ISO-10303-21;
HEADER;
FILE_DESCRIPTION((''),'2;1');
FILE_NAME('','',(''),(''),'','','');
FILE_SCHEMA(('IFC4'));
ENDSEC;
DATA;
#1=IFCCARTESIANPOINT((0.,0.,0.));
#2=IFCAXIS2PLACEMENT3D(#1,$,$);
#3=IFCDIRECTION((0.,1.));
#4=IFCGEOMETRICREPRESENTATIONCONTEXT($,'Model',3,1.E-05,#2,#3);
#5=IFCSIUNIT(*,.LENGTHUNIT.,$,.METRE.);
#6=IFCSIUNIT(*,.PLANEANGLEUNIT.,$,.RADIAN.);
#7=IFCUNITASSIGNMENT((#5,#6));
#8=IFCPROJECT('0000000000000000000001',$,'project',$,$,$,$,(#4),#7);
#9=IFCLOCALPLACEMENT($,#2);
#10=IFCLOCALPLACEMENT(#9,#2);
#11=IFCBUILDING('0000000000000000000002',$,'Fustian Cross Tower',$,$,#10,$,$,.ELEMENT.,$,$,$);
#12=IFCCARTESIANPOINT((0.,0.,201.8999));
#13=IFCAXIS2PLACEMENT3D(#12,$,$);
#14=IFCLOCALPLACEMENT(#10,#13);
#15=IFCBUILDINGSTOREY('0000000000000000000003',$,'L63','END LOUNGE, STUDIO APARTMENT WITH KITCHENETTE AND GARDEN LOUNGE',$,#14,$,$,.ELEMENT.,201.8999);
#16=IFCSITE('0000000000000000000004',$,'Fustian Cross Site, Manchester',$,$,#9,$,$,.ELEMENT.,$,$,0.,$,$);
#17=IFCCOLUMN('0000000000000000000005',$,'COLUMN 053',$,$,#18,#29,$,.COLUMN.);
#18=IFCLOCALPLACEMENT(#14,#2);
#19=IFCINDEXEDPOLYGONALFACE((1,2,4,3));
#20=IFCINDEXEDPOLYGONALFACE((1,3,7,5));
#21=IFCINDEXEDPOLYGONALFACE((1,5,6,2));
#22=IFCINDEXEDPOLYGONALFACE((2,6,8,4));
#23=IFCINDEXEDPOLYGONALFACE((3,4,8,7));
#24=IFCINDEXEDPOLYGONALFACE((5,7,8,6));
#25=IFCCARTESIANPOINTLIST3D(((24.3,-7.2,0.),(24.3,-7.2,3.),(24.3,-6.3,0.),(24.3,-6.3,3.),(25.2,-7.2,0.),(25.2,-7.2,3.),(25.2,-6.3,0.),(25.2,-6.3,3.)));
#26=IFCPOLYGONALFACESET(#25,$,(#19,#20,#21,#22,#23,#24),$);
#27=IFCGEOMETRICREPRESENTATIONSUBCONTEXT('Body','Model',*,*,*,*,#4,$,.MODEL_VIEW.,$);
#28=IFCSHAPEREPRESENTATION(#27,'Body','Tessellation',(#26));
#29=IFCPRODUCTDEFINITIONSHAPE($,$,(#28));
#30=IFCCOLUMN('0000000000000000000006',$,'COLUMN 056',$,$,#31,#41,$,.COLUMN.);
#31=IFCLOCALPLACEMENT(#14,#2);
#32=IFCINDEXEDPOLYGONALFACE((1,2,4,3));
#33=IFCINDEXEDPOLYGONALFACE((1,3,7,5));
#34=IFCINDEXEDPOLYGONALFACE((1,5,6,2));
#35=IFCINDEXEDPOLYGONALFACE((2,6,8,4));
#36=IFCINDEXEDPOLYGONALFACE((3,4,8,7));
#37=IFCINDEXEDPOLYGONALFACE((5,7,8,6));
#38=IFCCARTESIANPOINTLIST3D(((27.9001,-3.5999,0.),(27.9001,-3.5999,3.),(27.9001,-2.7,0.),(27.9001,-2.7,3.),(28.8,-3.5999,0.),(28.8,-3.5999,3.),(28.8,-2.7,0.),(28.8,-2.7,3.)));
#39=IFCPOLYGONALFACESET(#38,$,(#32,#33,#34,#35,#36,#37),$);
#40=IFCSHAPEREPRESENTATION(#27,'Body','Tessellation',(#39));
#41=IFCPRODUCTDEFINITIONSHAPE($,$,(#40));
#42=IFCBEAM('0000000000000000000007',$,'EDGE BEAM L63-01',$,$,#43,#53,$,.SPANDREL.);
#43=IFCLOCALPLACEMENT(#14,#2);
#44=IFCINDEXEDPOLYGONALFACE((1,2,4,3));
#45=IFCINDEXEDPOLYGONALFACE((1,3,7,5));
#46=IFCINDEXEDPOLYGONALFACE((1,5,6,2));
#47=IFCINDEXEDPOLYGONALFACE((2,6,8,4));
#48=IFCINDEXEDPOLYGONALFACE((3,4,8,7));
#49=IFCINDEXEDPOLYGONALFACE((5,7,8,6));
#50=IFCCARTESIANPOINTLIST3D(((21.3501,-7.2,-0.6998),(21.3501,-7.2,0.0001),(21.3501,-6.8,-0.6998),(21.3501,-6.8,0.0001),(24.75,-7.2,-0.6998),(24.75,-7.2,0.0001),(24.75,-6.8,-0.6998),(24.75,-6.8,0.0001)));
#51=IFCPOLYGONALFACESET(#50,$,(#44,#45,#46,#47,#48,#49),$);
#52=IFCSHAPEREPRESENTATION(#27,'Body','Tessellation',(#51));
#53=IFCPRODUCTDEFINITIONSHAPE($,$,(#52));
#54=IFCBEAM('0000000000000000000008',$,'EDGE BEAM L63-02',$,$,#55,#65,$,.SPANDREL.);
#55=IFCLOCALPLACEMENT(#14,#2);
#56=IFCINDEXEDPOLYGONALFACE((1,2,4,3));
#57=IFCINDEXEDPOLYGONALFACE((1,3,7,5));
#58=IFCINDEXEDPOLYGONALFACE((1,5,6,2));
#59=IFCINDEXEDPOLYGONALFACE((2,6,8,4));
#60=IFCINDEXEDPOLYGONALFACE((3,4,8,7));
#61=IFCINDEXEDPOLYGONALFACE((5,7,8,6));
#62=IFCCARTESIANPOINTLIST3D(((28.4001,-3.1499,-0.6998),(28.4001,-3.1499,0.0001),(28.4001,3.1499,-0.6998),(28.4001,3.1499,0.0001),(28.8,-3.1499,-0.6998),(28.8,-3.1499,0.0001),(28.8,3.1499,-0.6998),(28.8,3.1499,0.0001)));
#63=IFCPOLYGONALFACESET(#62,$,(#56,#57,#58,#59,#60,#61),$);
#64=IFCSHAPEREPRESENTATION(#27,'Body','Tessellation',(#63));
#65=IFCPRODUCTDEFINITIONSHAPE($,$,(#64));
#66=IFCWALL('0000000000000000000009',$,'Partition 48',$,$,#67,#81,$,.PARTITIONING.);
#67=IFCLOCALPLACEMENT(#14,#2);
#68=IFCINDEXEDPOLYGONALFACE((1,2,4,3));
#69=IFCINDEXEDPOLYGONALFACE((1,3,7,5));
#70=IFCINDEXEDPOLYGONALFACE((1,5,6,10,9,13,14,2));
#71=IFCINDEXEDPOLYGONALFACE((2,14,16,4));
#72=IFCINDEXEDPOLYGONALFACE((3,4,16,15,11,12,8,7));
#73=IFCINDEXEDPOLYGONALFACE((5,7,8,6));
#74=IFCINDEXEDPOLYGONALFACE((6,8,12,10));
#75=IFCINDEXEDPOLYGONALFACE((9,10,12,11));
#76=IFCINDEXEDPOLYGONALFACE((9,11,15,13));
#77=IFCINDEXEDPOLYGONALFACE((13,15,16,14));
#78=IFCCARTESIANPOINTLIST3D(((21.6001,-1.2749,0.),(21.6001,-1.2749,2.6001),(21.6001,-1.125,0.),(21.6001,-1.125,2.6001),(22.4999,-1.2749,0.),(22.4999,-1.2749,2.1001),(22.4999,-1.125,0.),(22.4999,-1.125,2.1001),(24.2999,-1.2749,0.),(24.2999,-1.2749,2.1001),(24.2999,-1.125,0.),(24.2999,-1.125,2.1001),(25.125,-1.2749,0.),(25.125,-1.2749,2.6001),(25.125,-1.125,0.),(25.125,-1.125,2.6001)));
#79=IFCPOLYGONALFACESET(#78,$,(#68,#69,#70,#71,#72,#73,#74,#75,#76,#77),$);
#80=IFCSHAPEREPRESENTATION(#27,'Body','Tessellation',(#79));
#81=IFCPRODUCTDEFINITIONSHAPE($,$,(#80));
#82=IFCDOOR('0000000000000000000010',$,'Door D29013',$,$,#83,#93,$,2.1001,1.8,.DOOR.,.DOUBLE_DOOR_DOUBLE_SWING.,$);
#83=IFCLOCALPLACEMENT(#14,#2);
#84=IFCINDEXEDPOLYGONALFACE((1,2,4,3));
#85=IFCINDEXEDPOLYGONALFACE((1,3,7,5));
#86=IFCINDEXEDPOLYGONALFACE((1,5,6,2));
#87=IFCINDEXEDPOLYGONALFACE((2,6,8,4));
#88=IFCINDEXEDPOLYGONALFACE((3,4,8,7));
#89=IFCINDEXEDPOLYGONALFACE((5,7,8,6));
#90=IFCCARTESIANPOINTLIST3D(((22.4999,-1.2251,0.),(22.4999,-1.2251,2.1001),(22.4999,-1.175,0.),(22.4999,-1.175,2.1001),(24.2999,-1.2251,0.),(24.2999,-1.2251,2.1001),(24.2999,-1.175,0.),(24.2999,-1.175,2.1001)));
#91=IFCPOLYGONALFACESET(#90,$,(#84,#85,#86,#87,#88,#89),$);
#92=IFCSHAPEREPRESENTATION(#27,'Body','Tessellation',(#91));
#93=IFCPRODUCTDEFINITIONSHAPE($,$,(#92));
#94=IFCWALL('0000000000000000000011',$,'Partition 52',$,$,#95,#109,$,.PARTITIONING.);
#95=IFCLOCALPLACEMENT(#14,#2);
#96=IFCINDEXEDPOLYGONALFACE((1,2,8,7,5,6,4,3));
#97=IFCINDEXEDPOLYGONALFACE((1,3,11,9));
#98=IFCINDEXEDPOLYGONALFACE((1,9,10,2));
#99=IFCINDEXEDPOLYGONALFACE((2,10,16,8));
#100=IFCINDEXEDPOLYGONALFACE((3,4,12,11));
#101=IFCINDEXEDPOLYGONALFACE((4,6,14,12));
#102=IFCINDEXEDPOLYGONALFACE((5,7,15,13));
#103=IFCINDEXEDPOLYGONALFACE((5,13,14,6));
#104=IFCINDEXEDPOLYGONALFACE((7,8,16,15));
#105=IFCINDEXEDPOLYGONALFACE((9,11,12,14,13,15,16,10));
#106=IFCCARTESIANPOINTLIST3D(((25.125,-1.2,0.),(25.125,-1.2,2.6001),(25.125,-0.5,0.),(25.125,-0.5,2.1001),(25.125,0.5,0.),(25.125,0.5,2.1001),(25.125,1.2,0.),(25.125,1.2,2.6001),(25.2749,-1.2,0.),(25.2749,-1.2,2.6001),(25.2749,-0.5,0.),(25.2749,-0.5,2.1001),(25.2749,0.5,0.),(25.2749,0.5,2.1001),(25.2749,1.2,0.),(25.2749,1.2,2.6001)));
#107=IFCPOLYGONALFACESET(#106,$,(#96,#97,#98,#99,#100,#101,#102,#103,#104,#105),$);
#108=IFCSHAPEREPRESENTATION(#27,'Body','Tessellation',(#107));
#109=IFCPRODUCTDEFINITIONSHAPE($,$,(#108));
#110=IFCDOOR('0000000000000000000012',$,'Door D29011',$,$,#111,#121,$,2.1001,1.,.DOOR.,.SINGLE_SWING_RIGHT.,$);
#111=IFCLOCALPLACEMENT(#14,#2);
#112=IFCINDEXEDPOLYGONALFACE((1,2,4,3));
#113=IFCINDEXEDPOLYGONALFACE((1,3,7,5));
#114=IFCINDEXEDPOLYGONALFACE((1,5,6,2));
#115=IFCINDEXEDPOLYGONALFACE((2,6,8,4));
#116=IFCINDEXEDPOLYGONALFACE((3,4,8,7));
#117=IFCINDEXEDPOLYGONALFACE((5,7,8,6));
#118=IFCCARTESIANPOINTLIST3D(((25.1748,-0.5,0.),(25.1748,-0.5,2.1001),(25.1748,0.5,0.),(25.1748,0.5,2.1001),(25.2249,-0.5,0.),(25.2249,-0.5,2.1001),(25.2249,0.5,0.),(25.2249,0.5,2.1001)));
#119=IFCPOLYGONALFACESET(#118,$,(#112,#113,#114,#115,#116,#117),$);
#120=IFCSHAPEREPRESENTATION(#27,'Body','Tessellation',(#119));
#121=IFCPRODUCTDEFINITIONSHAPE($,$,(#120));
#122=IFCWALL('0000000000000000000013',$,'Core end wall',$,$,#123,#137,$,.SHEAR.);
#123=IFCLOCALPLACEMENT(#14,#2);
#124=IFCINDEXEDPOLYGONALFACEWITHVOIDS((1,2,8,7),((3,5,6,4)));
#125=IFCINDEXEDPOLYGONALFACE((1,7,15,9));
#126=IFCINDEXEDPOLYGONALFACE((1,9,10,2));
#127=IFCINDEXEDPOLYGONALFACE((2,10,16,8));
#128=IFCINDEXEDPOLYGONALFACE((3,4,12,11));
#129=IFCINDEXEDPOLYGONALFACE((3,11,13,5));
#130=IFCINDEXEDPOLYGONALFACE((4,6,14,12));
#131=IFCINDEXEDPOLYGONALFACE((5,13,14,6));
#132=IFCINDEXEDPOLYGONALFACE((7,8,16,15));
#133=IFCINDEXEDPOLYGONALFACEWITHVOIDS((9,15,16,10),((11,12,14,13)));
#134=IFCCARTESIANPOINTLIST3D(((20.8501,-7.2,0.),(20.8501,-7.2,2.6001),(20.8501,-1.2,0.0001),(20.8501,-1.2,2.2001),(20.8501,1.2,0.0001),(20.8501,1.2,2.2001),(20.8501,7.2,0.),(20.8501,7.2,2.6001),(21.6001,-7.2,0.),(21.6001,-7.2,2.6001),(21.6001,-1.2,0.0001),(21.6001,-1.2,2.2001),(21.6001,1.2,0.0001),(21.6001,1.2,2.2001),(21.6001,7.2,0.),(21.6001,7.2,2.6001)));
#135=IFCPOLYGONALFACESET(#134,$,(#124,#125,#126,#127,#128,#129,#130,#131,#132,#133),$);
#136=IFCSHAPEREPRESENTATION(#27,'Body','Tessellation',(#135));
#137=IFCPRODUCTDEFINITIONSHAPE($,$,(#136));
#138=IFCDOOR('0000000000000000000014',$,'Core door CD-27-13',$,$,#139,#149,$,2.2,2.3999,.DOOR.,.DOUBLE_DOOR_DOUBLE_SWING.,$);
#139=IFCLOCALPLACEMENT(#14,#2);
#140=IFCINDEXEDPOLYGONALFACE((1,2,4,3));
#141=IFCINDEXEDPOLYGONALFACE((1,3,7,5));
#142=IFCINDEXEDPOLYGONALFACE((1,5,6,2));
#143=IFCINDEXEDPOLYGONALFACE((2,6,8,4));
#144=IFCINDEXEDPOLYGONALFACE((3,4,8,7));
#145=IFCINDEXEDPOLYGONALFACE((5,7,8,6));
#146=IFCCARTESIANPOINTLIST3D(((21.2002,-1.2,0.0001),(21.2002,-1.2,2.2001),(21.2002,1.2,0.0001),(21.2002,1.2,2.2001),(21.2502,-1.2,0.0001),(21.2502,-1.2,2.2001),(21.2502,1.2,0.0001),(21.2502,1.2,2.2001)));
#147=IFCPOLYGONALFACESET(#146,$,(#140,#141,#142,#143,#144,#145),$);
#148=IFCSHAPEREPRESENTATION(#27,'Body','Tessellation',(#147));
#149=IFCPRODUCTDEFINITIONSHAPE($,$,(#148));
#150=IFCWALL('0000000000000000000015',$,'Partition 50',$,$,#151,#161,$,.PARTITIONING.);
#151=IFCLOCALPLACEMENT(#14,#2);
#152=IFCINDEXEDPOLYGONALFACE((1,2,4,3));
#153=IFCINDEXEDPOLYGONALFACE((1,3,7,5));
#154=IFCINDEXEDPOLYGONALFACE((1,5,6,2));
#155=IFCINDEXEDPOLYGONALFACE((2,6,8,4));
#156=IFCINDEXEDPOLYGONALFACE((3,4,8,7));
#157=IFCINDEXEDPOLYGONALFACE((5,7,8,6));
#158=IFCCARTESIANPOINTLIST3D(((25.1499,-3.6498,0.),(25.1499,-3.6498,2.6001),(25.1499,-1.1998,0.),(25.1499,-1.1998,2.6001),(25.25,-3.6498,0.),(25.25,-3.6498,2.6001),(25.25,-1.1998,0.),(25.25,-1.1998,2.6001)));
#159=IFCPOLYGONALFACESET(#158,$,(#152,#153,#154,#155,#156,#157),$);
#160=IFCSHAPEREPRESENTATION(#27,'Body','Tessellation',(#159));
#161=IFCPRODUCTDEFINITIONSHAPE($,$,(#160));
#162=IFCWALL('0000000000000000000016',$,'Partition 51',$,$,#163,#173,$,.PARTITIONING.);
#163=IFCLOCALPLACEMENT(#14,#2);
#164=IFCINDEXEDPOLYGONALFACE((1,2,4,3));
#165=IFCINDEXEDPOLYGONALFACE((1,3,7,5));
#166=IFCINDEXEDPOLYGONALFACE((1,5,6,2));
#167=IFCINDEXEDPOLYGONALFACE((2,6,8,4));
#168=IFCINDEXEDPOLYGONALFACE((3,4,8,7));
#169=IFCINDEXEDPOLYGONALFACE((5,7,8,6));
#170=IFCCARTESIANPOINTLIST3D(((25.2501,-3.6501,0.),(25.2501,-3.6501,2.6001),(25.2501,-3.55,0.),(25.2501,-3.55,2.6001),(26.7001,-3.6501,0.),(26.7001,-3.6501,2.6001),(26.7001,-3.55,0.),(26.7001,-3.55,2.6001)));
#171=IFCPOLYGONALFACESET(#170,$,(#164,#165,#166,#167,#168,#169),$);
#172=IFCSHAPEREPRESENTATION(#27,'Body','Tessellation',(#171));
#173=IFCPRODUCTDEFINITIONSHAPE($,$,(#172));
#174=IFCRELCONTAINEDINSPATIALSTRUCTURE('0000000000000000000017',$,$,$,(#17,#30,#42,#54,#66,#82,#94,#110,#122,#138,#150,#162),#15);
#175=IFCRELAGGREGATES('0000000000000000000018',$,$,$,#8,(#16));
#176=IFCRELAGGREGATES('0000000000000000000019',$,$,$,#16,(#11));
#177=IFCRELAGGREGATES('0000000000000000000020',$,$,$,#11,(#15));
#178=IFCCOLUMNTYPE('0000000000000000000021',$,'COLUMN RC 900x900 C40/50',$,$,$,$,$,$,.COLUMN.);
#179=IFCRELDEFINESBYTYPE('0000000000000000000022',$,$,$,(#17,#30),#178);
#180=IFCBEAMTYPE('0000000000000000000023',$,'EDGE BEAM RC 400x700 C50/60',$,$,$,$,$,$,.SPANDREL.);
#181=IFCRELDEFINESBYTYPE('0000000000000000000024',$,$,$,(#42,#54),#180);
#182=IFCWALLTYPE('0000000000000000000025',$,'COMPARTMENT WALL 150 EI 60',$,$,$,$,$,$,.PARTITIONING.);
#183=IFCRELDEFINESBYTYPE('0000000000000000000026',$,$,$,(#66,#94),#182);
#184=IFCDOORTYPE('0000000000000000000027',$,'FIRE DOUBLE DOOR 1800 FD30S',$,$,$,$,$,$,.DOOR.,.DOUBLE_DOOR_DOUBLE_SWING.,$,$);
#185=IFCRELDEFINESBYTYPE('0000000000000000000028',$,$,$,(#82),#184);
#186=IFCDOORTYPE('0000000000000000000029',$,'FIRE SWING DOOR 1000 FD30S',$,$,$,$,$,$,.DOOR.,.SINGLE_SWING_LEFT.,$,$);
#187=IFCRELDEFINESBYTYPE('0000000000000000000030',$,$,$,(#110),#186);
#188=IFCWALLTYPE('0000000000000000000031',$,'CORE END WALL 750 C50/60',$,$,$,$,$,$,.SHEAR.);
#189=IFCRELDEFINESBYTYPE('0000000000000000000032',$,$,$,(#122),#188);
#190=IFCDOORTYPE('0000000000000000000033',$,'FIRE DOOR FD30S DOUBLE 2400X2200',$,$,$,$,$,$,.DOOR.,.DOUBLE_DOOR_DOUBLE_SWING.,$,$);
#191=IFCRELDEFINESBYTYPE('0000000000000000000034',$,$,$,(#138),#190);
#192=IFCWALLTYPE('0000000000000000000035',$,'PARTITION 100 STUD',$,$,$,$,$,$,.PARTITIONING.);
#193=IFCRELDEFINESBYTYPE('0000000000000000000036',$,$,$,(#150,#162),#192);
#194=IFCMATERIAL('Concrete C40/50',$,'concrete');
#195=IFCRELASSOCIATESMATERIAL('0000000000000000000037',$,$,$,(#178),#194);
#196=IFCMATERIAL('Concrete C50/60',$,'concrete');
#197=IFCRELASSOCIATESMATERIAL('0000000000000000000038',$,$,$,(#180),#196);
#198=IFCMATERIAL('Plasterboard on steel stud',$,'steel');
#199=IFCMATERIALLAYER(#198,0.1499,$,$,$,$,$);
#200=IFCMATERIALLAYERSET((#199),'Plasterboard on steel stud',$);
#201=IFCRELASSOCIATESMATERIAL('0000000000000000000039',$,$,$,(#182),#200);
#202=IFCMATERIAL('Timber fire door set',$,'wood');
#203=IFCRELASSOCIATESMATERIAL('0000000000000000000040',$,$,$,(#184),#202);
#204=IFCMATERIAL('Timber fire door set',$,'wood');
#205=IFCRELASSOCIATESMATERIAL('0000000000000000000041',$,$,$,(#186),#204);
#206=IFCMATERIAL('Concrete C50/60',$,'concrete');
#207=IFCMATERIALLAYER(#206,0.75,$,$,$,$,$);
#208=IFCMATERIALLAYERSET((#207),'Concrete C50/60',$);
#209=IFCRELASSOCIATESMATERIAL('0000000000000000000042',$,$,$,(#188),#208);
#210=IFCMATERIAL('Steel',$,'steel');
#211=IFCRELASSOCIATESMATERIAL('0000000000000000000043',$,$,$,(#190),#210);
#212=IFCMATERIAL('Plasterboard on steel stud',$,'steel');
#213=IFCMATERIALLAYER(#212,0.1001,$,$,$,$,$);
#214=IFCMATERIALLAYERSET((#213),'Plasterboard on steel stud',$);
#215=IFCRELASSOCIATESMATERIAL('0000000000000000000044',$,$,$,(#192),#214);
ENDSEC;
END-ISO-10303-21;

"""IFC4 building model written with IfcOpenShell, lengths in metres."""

from ifc_helpers import new_model, si_unit, direction, frame, frame_2d, origin, origin_2d, place, context, subcontext, project, spatial, rectangle, extrude, material, layer, layer_set, material_profile, profile_set, type_object, element, fill, save


model = new_model("IFC4")

# Units and contexts
model_context = context("Model", 3, precision=1e-05, world=origin(), true_north=direction((0.0, 1.0)))
body_context = subcontext(model_context, "Body", "Model", "MODEL_VIEW")
ifc_project = project(units=[si_unit("LENGTHUNIT", "METRE"), si_unit("PLANEANGLEUNIT", "RADIAN")], contexts=[model_context])

# Site, building, storey
site_placement = place(None, origin())
site = spatial("IfcSite", under=ifc_project, at=site_placement, Name="Fustian Cross Site, Manchester", CompositionType="ELEMENT", RefElevation=0.0)
building_placement = place(site_placement, origin())
building = spatial("IfcBuilding", under=site, at=building_placement, Name="Fustian Cross Tower", CompositionType="ELEMENT")
storey_placement = place(building_placement, frame((0.0, 0.0, 201.8999)))
storey = spatial("IfcBuildingStorey", under=building, at=storey_placement, Name="L63", Description="END LOUNGE, STUDIO APARTMENT WITH KITCHENETTE AND GARDEN LOUNGE", CompositionType="ELEMENT", Elevation=201.8999)

# Columns
ifc_material_1 = material(Name="Concrete C40/50", Category="concrete")
ifc_material_profile_1 = material_profile(ifc_material_1, rectangle(XDim=0.8999, YDim=0.8999, at=origin_2d()), Name="RC 900x900")
ifc_profile_set_1 = profile_set([ifc_material_profile_1], Name="Concrete C40/50")
column_type = type_object("IfcColumnType", Name="COLUMN RC 900x900 C40/50", PredefinedType="COLUMN", material=ifc_profile_set_1)
for number, where, z_axis, x_axis, name in (
    (1, (24.75, -6.75, 0.0), (0.0, 0.0, 1.0), (1.0, 0.0, 0.0), "COLUMN 053"),
    (2, (28.3501, -3.1499, 0.0), (0.0, 0.0, 1.0), (1.0, 0.0, 0.0), "COLUMN 056"),
):
    element("IfcColumn", number, at=place(storey_placement, frame(where, z_axis=z_axis, x_axis=x_axis)), inside=storey, type_object=column_type, Name=name, PredefinedType="COLUMN", context=body_context, shape_type="SweptSolid", body=[
        extrude(rectangle(XDim=0.8999, YDim=0.8999, at=origin_2d()), origin(), (0.0, 0.0, 1.0), 3.0),
    ])

# Beams
ifc_material_2 = material(Name="Concrete C50/60", Category="concrete")
ifc_material_profile_2 = material_profile(ifc_material_2, rectangle(XDim=0.3999, YDim=0.7, at=origin_2d()), Name="RC 400x700")
ifc_profile_set_2 = profile_set([ifc_material_profile_2], Name="Concrete C50/60")
beam_type = type_object("IfcBeamType", Name="EDGE BEAM RC 400x700 C50/60", PredefinedType="SPANDREL", material=ifc_profile_set_2)
beam_1_placement = place(storey_placement, frame((21.3501, -7.0, -0.3499), z_axis=(1.0, 0.0, 0.0), x_axis=(0.0, 1.0, 0.0)))
element("IfcBeam", 3, at=beam_1_placement, inside=storey, type_object=beam_type, Name="EDGE BEAM L63-01", PredefinedType="SPANDREL", context=body_context, shape_type="SweptSolid", body=[
    extrude(rectangle(XDim=0.3999, YDim=0.7, at=origin_2d()), origin(), (0.0, 0.0, 1.0), 3.3999),
])
beam_2_placement = place(storey_placement, frame((28.6001, -3.1499, -0.3499), z_axis=(0.0, 1.0, 0.0), x_axis=(-1.0, 0.0, 0.0)))
element("IfcBeam", 4, at=beam_2_placement, inside=storey, type_object=beam_type, Name="EDGE BEAM L63-02", PredefinedType="SPANDREL", context=body_context, shape_type="SweptSolid", body=[
    extrude(rectangle(XDim=0.3999, YDim=0.7, at=origin_2d()), origin(), (0.0, 0.0, 1.0), 6.2998),
])

# Walls, openings, doors
ifc_material_3 = material(Name="Plasterboard on steel stud", Category="steel")
ifc_layer_1 = layer(ifc_material_3, 0.1499)
ifc_layer_set_1 = layer_set([ifc_layer_1], Name="Plasterboard on steel stud")
wall_type_1 = type_object("IfcWallType", Name="COMPARTMENT WALL 150 EI 60", PredefinedType="PARTITIONING", material=ifc_layer_set_1)
wall_1_placement = place(storey_placement, frame((21.6001, -1.2, 0.0), z_axis=(0.0, 0.0, 1.0), x_axis=(1.0, 0.0, 0.0)))
wall_1 = element("IfcWall", 5, at=wall_1_placement, inside=storey, type_object=wall_type_1, Name="Partition 48", PredefinedType="PARTITIONING", context=body_context, shape_type="SweptSolid", body=[
    extrude(rectangle(XDim=3.5249, YDim=0.1499, at=frame_2d((1.7625, 0.0))), origin(), (0.0, 0.0, 1.0), 2.6001),
])
opening_1_placement = place(wall_1_placement, frame((0.8999, 0.0, 0.0)))
opening_1 = element("IfcOpeningElement", 6, at=opening_1_placement, cuts=wall_1, PredefinedType="OPENING", context=body_context, shape_type="SweptSolid", body=[
    extrude(rectangle(XDim=1.8, YDim=2.1001, at=frame_2d((0.8999, 1.05))), frame((0.0, 0.085, 0.0), z_axis=(0.0, -1.0, 0.0), x_axis=(1.0, 0.0, 0.0)), (0.0, 0.0, 1.0), 0.1699),
])
ifc_material_4 = material(Name="Timber fire door set", Category="wood")
door_type_1 = type_object("IfcDoorType", Name="FIRE DOUBLE DOOR 1800 FD30S", OperationType="DOUBLE_DOOR_DOUBLE_SWING", PredefinedType="DOOR", material=ifc_material_4)
door_1_placement = place(opening_1_placement, origin())
door_1 = element("IfcDoor", 7, at=door_1_placement, inside=storey, type_object=door_type_1, Name="Door D29013", OperationType="DOUBLE_DOOR_DOUBLE_SWING", OverallHeight=2.1001, OverallWidth=1.8, PredefinedType="DOOR", context=body_context, shape_type="SweptSolid", body=[
    extrude(rectangle(XDim=1.8, YDim=2.1001, at=frame_2d((0.8999, 1.05))), frame((0.0, 0.0249, 0.0), z_axis=(0.0, -1.0, 0.0), x_axis=(1.0, 0.0, 0.0)), (0.0, 0.0, 1.0), 0.05),
])
fill(opening_1, door_1)
wall_2_placement = place(storey_placement, frame((25.2, -1.2, 0.0), z_axis=(0.0, 0.0, 1.0), x_axis=(0.0, 1.0, 0.0)))
wall_2 = element("IfcWall", 8, at=wall_2_placement, inside=storey, type_object=wall_type_1, Name="Partition 52", PredefinedType="PARTITIONING", context=body_context, shape_type="SweptSolid", body=[
    extrude(rectangle(XDim=2.3999, YDim=0.1499, at=frame_2d((1.2, 0.0))), origin(), (0.0, 0.0, 1.0), 2.6001),
])
opening_2_placement = place(wall_2_placement, frame((0.7, 0.0, 0.0)))
opening_2 = element("IfcOpeningElement", 9, at=opening_2_placement, cuts=wall_2, PredefinedType="OPENING", context=body_context, shape_type="SweptSolid", body=[
    extrude(rectangle(XDim=1.0, YDim=2.1001, at=frame_2d((0.5, 1.05))), frame((0.0, 0.085, 0.0), z_axis=(0.0, -1.0, 0.0), x_axis=(1.0, 0.0, 0.0)), (0.0, 0.0, 1.0), 0.1699),
])
ifc_material_5 = material(Name="Timber fire door set", Category="wood")
door_type_2 = type_object("IfcDoorType", Name="FIRE SWING DOOR 1000 FD30S", OperationType="SINGLE_SWING_LEFT", PredefinedType="DOOR", material=ifc_material_5)
door_2_placement = place(opening_2_placement, frame((1.0, 0.0, 0.0), z_axis=(0.0, 0.0, 1.0), x_axis=(-1.0, 0.0, 0.0)))
door_2 = element("IfcDoor", 10, at=door_2_placement, inside=storey, type_object=door_type_2, Name="Door D29011", OperationType="SINGLE_SWING_RIGHT", OverallHeight=2.1001, OverallWidth=1.0, PredefinedType="DOOR", context=body_context, shape_type="SweptSolid", body=[
    extrude(rectangle(XDim=1.0, YDim=2.1001, at=frame_2d((0.5, 1.05))), frame((0.0, 0.0249, 0.0), z_axis=(0.0, -1.0, 0.0), x_axis=(1.0, 0.0, 0.0)), (0.0, 0.0, 1.0), 0.05),
])
fill(opening_2, door_2)
ifc_material_6 = material(Name="Concrete C50/60", Category="concrete")
ifc_layer_2 = layer(ifc_material_6, 0.75)
ifc_layer_set_2 = layer_set([ifc_layer_2], Name="Concrete C50/60")
wall_type_2 = type_object("IfcWallType", Name="CORE END WALL 750 C50/60", PredefinedType="SHEAR", material=ifc_layer_set_2)
wall_3_placement = place(storey_placement, frame((21.2251, -7.2, 0.0), z_axis=(0.0, 0.0, 1.0), x_axis=(0.0, 1.0, 0.0)))
wall_3 = element("IfcWall", 11, at=wall_3_placement, inside=storey, type_object=wall_type_2, Name="Core end wall", PredefinedType="SHEAR", context=body_context, shape_type="SweptSolid", body=[
    extrude(rectangle(XDim=14.3999, YDim=0.75, at=frame_2d((7.2, 0.0))), origin(), (0.0, 0.0, 1.0), 2.6001),
])
opening_3_placement = place(wall_3_placement, frame((6.0, 0.0, 0.0)))
opening_3 = element("IfcOpeningElement", 12, at=opening_3_placement, cuts=wall_3, PredefinedType="OPENING", context=body_context, shape_type="SweptSolid", body=[
    extrude(rectangle(XDim=2.3999, YDim=2.2, at=frame_2d((1.2, 1.1001))), frame((0.0, 0.385, 0.0), z_axis=(0.0, -1.0, 0.0), x_axis=(1.0, 0.0, 0.0)), (0.0, 0.0, 1.0), 0.77),
])
ifc_material_7 = material(Name="Steel", Category="steel")
door_type_3 = type_object("IfcDoorType", Name="FIRE DOOR FD30S DOUBLE 2400X2200", OperationType="DOUBLE_DOOR_DOUBLE_SWING", PredefinedType="DOOR", material=ifc_material_7)
door_3_placement = place(opening_3_placement, origin())
door_3 = element("IfcDoor", 13, at=door_3_placement, inside=storey, type_object=door_type_3, Name="Core door CD-27-13", OperationType="DOUBLE_DOOR_DOUBLE_SWING", OverallHeight=2.2, OverallWidth=2.3999, PredefinedType="DOOR", context=body_context, shape_type="SweptSolid", body=[
    extrude(rectangle(XDim=2.3999, YDim=2.2, at=frame_2d((1.2, 1.1001))), frame((0.0, 0.0249, 0.0), z_axis=(0.0, -1.0, 0.0), x_axis=(1.0, 0.0, 0.0)), (0.0, 0.0, 1.0), 0.05),
])
fill(opening_3, door_3)

# Walls
ifc_material_8 = material(Name="Plasterboard on steel stud", Category="steel")
ifc_layer_3 = layer(ifc_material_8, 0.1001)
ifc_layer_set_3 = layer_set([ifc_layer_3], Name="Plasterboard on steel stud")
wall_type_3 = type_object("IfcWallType", Name="PARTITION 100 STUD", PredefinedType="PARTITIONING", material=ifc_layer_set_3)
wall_4_placement = place(storey_placement, frame((25.2, -3.6499, 0.0), z_axis=(0.0, 0.0, 1.0), x_axis=(0.0, 1.0, 0.0)))
element("IfcWall", 14, at=wall_4_placement, inside=storey, type_object=wall_type_3, Name="Partition 50", PredefinedType="PARTITIONING", context=body_context, shape_type="SweptSolid", body=[
    extrude(rectangle(XDim=2.45, YDim=0.1001, at=frame_2d((1.2251, 0.0))), origin(), (0.0, 0.0, 1.0), 2.6001),
])
wall_5_placement = place(storey_placement, frame((25.25, -3.6001, 0.0), z_axis=(0.0, 0.0, 1.0), x_axis=(1.0, 0.0, 0.0)))
element("IfcWall", 15, at=wall_5_placement, inside=storey, type_object=wall_type_3, Name="Partition 51", PredefinedType="PARTITIONING", context=body_context, shape_type="SweptSolid", body=[
    extrude(rectangle(XDim=1.45, YDim=0.1001, at=frame_2d((0.7251, 0.0))), origin(), (0.0, 0.0, 1.0), 2.6001),
])

save(model, "model.ifc")
